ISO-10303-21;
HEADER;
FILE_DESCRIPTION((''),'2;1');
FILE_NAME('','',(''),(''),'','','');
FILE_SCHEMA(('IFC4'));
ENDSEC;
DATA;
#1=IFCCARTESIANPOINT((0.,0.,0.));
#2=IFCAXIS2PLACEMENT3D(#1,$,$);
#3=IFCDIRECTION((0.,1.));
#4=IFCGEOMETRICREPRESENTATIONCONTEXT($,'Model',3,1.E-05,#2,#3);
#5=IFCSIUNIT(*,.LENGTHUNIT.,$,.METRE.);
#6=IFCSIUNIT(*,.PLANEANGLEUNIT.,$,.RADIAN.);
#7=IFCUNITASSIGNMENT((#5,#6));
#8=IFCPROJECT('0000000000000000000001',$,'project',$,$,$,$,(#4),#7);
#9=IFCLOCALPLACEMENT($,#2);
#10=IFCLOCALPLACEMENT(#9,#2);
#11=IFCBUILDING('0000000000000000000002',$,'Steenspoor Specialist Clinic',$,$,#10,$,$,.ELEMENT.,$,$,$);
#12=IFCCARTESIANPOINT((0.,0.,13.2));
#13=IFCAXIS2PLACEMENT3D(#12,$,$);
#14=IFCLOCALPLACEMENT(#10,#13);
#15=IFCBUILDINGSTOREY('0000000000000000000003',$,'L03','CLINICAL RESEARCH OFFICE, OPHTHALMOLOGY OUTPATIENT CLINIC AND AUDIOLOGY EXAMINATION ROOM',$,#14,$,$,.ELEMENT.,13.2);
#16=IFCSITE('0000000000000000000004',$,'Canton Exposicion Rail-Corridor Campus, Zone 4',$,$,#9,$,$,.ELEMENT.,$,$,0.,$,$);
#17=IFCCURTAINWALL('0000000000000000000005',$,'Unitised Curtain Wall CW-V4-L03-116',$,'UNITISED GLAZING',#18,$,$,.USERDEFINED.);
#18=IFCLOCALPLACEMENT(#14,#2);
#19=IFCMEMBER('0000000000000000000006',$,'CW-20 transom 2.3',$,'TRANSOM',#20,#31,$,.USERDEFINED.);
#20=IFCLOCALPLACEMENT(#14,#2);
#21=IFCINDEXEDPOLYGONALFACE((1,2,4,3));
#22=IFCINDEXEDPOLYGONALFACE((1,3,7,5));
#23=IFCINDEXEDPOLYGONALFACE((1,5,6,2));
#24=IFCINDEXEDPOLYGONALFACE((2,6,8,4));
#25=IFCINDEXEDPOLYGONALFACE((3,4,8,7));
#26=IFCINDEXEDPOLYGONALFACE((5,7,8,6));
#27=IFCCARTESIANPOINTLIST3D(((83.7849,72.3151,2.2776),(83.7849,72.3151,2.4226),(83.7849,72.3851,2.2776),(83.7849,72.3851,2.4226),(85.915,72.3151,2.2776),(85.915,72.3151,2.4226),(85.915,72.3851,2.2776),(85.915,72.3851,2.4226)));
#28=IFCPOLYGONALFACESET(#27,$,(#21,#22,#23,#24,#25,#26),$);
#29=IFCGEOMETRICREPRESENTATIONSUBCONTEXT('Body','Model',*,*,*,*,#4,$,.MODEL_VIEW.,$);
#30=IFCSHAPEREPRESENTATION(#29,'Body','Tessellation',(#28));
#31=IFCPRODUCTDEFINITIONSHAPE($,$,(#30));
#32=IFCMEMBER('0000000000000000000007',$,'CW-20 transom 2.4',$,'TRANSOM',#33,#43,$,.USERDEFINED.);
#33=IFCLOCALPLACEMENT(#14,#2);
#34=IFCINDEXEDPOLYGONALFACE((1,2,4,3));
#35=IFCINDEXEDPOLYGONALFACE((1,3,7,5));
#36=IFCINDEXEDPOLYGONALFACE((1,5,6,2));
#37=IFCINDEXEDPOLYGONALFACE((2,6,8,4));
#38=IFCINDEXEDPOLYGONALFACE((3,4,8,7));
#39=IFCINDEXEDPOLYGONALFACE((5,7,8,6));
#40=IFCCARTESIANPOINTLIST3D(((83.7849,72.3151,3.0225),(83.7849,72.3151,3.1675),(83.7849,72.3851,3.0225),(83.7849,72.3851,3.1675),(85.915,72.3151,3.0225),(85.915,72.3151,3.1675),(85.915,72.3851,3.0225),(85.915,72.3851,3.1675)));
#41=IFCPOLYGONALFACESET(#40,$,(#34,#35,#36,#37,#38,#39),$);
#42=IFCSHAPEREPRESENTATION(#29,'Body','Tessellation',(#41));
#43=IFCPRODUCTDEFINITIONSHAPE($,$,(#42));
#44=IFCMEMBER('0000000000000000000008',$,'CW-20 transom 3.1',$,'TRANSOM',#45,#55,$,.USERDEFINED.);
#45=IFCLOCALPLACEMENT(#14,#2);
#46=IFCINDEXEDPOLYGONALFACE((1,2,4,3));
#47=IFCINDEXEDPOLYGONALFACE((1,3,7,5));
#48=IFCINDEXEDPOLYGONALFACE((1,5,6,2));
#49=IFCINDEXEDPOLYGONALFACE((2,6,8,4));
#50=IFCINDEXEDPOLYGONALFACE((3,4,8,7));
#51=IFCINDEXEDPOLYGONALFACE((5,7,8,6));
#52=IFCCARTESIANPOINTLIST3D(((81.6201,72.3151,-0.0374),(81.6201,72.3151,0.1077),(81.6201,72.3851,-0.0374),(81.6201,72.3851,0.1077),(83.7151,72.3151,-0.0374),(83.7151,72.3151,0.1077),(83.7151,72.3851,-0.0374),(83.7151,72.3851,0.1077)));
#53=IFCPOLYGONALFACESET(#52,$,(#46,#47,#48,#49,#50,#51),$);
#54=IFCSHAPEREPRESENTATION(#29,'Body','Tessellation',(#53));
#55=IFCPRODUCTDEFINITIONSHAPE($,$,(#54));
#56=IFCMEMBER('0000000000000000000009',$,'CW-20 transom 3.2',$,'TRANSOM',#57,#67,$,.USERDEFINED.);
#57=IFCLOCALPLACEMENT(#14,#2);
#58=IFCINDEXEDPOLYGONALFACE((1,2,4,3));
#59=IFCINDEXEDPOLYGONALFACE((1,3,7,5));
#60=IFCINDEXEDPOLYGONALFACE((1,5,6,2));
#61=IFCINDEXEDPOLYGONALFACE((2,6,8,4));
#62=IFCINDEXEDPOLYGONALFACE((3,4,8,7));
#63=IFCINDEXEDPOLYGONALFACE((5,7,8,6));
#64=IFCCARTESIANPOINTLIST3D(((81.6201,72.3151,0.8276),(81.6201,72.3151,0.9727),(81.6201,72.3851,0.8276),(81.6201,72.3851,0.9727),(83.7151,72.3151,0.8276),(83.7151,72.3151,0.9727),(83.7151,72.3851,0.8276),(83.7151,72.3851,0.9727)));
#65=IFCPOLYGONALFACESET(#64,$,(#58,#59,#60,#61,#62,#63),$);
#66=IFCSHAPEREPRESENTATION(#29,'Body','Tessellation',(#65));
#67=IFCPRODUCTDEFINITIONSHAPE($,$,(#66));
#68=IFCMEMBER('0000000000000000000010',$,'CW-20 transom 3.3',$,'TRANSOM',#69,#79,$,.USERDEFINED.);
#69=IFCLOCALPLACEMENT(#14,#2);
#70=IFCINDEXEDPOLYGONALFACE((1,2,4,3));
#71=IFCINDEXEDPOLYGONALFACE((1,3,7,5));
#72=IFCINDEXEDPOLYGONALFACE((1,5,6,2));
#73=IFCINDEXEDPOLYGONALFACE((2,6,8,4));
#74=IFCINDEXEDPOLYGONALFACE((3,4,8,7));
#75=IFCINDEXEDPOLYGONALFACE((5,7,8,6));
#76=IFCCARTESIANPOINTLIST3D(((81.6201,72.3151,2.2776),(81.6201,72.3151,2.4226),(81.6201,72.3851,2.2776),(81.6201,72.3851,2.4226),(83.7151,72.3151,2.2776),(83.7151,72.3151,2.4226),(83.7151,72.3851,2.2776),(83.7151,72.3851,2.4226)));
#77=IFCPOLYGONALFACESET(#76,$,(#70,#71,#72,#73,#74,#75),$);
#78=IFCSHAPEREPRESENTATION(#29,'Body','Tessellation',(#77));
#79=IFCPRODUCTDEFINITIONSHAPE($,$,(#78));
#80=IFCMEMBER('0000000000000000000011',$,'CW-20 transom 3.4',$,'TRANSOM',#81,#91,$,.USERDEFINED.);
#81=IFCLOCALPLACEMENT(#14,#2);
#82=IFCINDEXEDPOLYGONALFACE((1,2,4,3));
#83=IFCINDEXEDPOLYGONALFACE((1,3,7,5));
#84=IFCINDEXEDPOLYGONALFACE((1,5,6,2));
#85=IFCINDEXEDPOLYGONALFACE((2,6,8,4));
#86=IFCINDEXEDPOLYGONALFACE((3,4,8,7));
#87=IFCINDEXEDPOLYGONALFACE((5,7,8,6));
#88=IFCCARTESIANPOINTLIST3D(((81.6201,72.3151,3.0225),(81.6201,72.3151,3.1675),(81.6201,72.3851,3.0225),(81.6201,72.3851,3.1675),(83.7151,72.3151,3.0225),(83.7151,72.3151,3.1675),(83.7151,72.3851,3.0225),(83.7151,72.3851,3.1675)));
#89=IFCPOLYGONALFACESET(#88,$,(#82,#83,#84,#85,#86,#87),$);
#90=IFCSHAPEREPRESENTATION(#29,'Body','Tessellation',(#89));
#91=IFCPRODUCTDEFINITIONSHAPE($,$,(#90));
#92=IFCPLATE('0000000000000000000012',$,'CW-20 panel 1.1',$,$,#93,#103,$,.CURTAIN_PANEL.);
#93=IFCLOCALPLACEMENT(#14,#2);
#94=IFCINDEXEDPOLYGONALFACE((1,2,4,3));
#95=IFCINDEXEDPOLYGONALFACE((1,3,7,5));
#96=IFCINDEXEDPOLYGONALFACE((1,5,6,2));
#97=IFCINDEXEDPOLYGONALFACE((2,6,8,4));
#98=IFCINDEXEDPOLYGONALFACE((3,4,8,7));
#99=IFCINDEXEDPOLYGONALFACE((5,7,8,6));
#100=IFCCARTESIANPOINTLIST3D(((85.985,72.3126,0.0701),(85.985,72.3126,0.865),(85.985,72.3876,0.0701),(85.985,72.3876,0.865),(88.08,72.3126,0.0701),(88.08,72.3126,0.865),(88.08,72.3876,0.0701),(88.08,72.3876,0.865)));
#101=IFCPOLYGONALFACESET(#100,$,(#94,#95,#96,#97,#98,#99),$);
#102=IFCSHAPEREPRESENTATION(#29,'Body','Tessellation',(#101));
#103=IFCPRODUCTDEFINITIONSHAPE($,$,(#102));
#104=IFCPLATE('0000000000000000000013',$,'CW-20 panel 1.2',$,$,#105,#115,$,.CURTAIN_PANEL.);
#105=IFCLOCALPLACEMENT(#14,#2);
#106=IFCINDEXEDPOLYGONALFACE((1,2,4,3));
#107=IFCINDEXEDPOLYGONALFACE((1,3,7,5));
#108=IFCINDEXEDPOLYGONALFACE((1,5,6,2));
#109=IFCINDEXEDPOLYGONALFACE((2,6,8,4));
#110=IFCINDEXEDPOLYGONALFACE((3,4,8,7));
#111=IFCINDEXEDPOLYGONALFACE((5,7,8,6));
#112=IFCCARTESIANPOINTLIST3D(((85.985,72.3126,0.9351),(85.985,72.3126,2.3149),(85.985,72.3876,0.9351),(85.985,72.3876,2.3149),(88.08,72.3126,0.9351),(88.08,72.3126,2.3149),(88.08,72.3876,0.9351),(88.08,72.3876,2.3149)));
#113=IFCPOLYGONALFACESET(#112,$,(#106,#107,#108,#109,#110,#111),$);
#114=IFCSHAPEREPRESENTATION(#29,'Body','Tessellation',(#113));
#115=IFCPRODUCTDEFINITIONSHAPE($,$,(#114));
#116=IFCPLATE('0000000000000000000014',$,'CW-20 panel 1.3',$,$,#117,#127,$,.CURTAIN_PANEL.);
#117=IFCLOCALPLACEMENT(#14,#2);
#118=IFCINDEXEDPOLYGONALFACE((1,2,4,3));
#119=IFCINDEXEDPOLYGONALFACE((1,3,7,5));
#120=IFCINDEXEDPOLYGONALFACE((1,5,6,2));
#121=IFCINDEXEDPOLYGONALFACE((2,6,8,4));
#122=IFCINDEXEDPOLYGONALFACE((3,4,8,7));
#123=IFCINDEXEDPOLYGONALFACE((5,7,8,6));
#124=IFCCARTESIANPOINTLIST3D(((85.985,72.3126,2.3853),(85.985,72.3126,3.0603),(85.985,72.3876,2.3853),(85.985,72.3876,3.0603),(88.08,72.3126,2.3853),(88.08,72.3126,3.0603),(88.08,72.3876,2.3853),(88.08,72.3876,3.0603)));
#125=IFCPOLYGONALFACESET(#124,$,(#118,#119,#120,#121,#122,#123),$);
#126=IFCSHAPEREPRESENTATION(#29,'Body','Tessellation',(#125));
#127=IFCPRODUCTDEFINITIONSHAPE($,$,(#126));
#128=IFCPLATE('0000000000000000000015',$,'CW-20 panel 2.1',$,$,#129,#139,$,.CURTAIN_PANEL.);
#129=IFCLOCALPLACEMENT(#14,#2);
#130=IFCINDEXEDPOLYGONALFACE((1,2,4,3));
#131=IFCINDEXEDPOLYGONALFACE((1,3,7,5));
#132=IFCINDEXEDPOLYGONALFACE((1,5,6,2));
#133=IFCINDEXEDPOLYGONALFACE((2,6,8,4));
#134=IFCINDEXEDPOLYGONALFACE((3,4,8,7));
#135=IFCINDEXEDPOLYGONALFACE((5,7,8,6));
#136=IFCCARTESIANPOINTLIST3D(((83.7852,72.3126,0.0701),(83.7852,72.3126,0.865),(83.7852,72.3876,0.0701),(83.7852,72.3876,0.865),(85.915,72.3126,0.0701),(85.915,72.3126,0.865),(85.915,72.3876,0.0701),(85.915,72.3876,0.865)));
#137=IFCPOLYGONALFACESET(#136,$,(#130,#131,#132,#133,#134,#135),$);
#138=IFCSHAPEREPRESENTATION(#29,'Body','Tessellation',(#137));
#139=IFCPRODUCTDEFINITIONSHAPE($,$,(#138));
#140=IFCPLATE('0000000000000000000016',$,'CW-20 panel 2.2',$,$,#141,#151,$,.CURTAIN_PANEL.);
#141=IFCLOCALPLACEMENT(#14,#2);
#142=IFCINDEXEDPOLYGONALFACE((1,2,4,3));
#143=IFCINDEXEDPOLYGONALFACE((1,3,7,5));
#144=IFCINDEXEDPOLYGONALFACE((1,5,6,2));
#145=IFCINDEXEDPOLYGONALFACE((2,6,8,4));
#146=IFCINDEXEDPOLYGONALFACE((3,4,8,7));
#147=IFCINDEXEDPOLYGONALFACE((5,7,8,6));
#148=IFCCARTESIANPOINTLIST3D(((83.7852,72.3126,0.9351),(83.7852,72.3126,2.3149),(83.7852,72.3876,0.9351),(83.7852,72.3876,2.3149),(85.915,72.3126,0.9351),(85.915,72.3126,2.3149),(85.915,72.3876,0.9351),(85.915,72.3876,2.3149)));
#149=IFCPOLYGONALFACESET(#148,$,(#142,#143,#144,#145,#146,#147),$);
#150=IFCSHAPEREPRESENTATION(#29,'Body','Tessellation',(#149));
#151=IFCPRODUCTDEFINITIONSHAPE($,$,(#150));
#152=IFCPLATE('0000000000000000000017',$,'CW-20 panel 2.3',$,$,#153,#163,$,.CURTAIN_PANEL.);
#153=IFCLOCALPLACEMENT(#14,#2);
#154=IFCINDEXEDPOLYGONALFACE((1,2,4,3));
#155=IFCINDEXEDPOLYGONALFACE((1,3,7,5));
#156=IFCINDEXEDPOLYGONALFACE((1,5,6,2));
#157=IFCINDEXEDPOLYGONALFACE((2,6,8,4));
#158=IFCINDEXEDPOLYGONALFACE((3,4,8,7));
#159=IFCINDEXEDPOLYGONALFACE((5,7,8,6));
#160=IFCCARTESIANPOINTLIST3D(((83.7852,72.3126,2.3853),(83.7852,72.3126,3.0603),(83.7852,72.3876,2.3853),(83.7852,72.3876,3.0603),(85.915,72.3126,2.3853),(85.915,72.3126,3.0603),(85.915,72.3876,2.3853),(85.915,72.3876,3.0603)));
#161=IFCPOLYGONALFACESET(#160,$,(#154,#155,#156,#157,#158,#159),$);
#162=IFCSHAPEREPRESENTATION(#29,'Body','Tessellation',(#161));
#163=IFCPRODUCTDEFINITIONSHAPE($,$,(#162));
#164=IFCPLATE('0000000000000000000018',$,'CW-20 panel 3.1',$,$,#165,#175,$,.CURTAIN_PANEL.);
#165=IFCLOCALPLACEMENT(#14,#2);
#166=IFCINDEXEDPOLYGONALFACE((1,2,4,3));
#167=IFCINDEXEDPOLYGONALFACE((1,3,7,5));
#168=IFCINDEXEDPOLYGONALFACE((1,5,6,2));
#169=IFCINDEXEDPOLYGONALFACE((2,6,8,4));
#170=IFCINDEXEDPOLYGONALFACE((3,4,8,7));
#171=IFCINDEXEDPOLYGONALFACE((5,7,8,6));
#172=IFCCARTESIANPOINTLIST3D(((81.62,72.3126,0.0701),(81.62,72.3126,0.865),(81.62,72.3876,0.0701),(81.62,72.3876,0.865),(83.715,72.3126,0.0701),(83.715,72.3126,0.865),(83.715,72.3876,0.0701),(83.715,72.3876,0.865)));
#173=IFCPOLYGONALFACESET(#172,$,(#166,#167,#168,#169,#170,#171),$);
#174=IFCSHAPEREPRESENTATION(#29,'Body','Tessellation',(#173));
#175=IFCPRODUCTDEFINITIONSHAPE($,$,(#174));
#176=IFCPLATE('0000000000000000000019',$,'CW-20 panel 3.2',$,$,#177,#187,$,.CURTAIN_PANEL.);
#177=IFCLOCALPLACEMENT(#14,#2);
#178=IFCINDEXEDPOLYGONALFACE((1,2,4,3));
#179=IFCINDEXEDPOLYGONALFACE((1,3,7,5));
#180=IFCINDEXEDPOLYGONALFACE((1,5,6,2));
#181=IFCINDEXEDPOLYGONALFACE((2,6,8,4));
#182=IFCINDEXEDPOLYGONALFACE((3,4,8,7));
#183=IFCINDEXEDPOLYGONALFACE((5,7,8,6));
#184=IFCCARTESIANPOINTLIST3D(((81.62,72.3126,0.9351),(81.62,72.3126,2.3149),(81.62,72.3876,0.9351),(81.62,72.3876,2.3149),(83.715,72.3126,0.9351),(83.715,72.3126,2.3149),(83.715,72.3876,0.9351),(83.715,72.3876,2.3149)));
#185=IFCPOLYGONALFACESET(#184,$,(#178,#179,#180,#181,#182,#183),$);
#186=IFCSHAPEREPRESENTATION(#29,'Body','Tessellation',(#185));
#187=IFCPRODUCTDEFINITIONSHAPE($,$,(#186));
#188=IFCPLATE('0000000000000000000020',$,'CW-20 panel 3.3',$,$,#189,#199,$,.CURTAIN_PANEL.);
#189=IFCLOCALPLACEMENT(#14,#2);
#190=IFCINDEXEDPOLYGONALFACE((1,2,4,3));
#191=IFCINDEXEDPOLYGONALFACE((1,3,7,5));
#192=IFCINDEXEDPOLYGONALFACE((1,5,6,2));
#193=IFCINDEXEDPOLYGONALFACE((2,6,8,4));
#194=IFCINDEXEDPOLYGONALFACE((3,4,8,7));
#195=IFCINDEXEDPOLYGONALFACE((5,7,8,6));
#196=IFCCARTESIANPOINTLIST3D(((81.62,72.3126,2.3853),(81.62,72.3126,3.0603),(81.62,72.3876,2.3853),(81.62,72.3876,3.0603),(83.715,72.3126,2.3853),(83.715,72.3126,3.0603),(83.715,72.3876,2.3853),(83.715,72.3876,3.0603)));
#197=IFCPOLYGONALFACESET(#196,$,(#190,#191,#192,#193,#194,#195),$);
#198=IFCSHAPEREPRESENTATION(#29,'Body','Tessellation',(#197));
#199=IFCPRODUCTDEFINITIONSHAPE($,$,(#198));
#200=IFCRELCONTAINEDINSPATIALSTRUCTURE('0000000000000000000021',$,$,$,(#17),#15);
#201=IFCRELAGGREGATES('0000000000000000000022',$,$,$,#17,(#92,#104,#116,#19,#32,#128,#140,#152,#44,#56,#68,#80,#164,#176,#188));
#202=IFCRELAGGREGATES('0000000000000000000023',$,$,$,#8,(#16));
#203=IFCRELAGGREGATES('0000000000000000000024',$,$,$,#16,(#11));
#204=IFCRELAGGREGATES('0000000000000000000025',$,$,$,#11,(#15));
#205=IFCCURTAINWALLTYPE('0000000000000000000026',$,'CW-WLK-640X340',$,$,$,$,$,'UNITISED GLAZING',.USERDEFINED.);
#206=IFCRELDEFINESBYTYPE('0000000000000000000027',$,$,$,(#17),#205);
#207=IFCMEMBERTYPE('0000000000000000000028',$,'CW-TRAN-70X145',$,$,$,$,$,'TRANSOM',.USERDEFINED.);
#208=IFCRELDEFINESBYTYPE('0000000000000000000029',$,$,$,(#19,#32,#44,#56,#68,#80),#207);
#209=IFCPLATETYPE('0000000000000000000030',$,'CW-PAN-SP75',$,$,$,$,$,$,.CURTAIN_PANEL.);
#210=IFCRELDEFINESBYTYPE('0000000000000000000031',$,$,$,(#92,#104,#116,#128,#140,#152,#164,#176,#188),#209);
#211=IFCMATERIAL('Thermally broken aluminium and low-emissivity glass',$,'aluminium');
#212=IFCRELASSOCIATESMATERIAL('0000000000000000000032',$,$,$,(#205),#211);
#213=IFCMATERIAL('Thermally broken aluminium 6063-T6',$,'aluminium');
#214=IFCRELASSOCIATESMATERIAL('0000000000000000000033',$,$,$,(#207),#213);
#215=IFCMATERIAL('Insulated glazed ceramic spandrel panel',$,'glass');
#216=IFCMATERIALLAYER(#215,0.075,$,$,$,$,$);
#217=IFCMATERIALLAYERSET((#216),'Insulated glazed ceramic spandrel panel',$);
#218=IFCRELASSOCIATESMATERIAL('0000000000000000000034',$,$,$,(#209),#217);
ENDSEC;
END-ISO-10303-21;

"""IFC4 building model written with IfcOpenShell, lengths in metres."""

from ifc_helpers import new_model, si_unit, direction, frame, origin, origin_2d, place, context, subcontext, project, spatial, rectangle, extrude, material, layer, layer_set, material_profile, profile_set, type_object, element, aggregate, save


model = new_model("IFC4")

# Units and contexts
model_context = context("Model", 3, precision=1e-05, world=origin(), true_north=direction((0.0, 1.0)))
body_context = subcontext(model_context, "Body", "Model", "MODEL_VIEW")
ifc_project = project(units=[si_unit("LENGTHUNIT", "METRE"), si_unit("PLANEANGLEUNIT", "RADIAN")], contexts=[model_context])

# Site, building, storey
site_placement = place(None, origin())
site = spatial("IfcSite", under=ifc_project, at=site_placement, Name="Canton Exposicion Rail-Corridor Campus, Zone 4", CompositionType="ELEMENT", RefElevation=0.0)
building_placement = place(site_placement, origin())
building = spatial("IfcBuilding", under=site, at=building_placement, Name="Steenspoor Specialist Clinic", CompositionType="ELEMENT")
storey_placement = place(building_placement, frame((0.0, 0.0, 13.2)))
storey = spatial("IfcBuildingStorey", under=building, at=storey_placement, Name="L03", Description="CLINICAL RESEARCH OFFICE, OPHTHALMOLOGY OUTPATIENT CLINIC AND AUDIOLOGY EXAMINATION ROOM", CompositionType="ELEMENT", Elevation=13.2)

# Curtain wall, members, plates
ifc_material_1 = material(Name="Thermally broken aluminium and low-emissivity glass", Category="aluminium")
curtain_wall_type = type_object("IfcCurtainWallType", Name="CW-WLK-640X340", ElementType="UNITISED GLAZING", PredefinedType="USERDEFINED", material=ifc_material_1)
curtain_wall_placement = place(storey_placement, origin())
curtain_wall = element("IfcCurtainWall", 1, at=curtain_wall_placement, inside=storey, type_object=curtain_wall_type, Name="Unitised Curtain Wall CW-V4-L03-116", ObjectType="UNITISED GLAZING", PredefinedType="USERDEFINED")
ifc_material_2 = material(Name="Thermally broken aluminium 6063-T6", Category="aluminium")
ifc_material_profile_1 = material_profile(ifc_material_2, rectangle(XDim=0.0701, YDim=0.145, at=origin_2d()), Name="CWT-70X145")
ifc_profile_set_1 = profile_set([ifc_material_profile_1], Name="Thermally broken aluminium 6063-T6")
member_type_1 = type_object("IfcMemberType", Name="CW-TRAN-70X145", ElementType="TRANSOM", PredefinedType="USERDEFINED", material=ifc_profile_set_1)
member_1_placement = place(storey_placement, frame((85.915, 72.3501, 2.3501), z_axis=(-1.0, 0.0, 0.0), x_axis=(0.0, -1.0, 0.0)))
member_1 = element("IfcMember", 2, at=member_1_placement, type_object=member_type_1, Name="CW-20 transom 2.3", ObjectType="TRANSOM", PredefinedType="USERDEFINED", context=body_context, shape_type="SweptSolid", body=[
    extrude(rectangle(XDim=0.0701, YDim=0.145, at=origin_2d()), origin(), (0.0, 0.0, 1.0), 2.1301),
])
member_2_placement = place(storey_placement, frame((85.915, 72.3501, 3.095), z_axis=(-1.0, 0.0, 0.0), x_axis=(0.0, -1.0, 0.0)))
member_2 = element("IfcMember", 3, at=member_2_placement, type_object=member_type_1, Name="CW-20 transom 2.4", ObjectType="TRANSOM", PredefinedType="USERDEFINED", context=body_context, shape_type="SweptSolid", body=[
    extrude(rectangle(XDim=0.0701, YDim=0.145, at=origin_2d()), origin(), (0.0, 0.0, 1.0), 2.1301),
])
member_3_placement = place(storey_placement, frame((83.7151, 72.3501, 0.0352), z_axis=(-1.0, 0.0, 0.0), x_axis=(0.0, -1.0, 0.0)))
member_3 = element("IfcMember", 4, at=member_3_placement, type_object=member_type_1, Name="CW-20 transom 3.1", ObjectType="TRANSOM", PredefinedType="USERDEFINED", context=body_context, shape_type="SweptSolid", body=[
    extrude(rectangle(XDim=0.0701, YDim=0.145, at=origin_2d()), origin(), (0.0, 0.0, 1.0), 2.095),
])
member_4_placement = place(storey_placement, frame((83.7151, 72.3501, 0.9001), z_axis=(-1.0, 0.0, 0.0), x_axis=(0.0, -1.0, 0.0)))
member_4 = element("IfcMember", 5, at=member_4_placement, type_object=member_type_1, Name="CW-20 transom 3.2", ObjectType="TRANSOM", PredefinedType="USERDEFINED", context=body_context, shape_type="SweptSolid", body=[
    extrude(rectangle(XDim=0.0701, YDim=0.145, at=origin_2d()), origin(), (0.0, 0.0, 1.0), 2.095),
])
member_5_placement = place(storey_placement, frame((83.7151, 72.3501, 2.3501), z_axis=(-1.0, 0.0, 0.0), x_axis=(0.0, -1.0, 0.0)))
member_5 = element("IfcMember", 6, at=member_5_placement, type_object=member_type_1, Name="CW-20 transom 3.3", ObjectType="TRANSOM", PredefinedType="USERDEFINED", context=body_context, shape_type="SweptSolid", body=[
    extrude(rectangle(XDim=0.0701, YDim=0.145, at=origin_2d()), origin(), (0.0, 0.0, 1.0), 2.095),
])
member_6_placement = place(storey_placement, frame((83.7151, 72.3501, 3.095), z_axis=(-1.0, 0.0, 0.0), x_axis=(0.0, -1.0, 0.0)))
member_6 = element("IfcMember", 7, at=member_6_placement, type_object=member_type_1, Name="CW-20 transom 3.4", ObjectType="TRANSOM", PredefinedType="USERDEFINED", context=body_context, shape_type="SweptSolid", body=[
    extrude(rectangle(XDim=0.0701, YDim=0.145, at=origin_2d()), origin(), (0.0, 0.0, 1.0), 2.095),
])
ifc_material_3 = material(Name="Insulated glazed ceramic spandrel panel", Category="glass")
ifc_layer_1 = layer(ifc_material_3, 0.075)
ifc_layer_set_1 = layer_set([ifc_layer_1], Name="Insulated glazed ceramic spandrel panel")
plate_type = type_object("IfcPlateType", Name="CW-PAN-SP75", PredefinedType="CURTAIN_PANEL", material=ifc_layer_set_1)
plate_1_placement = place(storey_placement, frame((87.0325, 72.3501, 0.0701), z_axis=(0.0, 0.0, 1.0), x_axis=(-1.0, 0.0, 0.0)))
plate_1 = element("IfcPlate", 8, at=plate_1_placement, type_object=plate_type, Name="CW-20 panel 1.1", PredefinedType="CURTAIN_PANEL", context=body_context, shape_type="SweptSolid", body=[
    extrude(rectangle(XDim=2.095, YDim=0.075, at=origin_2d()), origin(), (0.0, 0.0, 1.0), 0.7949),
])
plate_2_placement = place(storey_placement, frame((87.0325, 72.3501, 0.9351), z_axis=(0.0, 0.0, 1.0), x_axis=(-1.0, 0.0, 0.0)))
plate_2 = element("IfcPlate", 9, at=plate_2_placement, type_object=plate_type, Name="CW-20 panel 1.2", PredefinedType="CURTAIN_PANEL", context=body_context, shape_type="SweptSolid", body=[
    extrude(rectangle(XDim=2.095, YDim=0.075, at=origin_2d()), origin(), (0.0, 0.0, 1.0), 1.3799),
])
plate_3_placement = place(storey_placement, frame((87.0325, 72.3501, 2.3853), z_axis=(0.0, 0.0, 1.0), x_axis=(-1.0, 0.0, 0.0)))
plate_3 = element("IfcPlate", 10, at=plate_3_placement, type_object=plate_type, Name="CW-20 panel 1.3", PredefinedType="CURTAIN_PANEL", context=body_context, shape_type="SweptSolid", body=[
    extrude(rectangle(XDim=2.095, YDim=0.075, at=origin_2d()), origin(), (0.0, 0.0, 1.0), 0.675),
])
plate_4_placement = place(storey_placement, frame((84.8501, 72.3501, 0.0701), z_axis=(0.0, 0.0, 1.0), x_axis=(-1.0, 0.0, 0.0)))
plate_4 = element("IfcPlate", 11, at=plate_4_placement, type_object=plate_type, Name="CW-20 panel 2.1", PredefinedType="CURTAIN_PANEL", context=body_context, shape_type="SweptSolid", body=[
    extrude(rectangle(XDim=2.1299, YDim=0.075, at=origin_2d()), origin(), (0.0, 0.0, 1.0), 0.7949),
])
plate_5_placement = place(storey_placement, frame((84.8501, 72.3501, 0.9351), z_axis=(0.0, 0.0, 1.0), x_axis=(-1.0, 0.0, 0.0)))
plate_5 = element("IfcPlate", 12, at=plate_5_placement, type_object=plate_type, Name="CW-20 panel 2.2", PredefinedType="CURTAIN_PANEL", context=body_context, shape_type="SweptSolid", body=[
    extrude(rectangle(XDim=2.1299, YDim=0.075, at=origin_2d()), origin(), (0.0, 0.0, 1.0), 1.3799),
])
plate_6_placement = place(storey_placement, frame((84.8501, 72.3501, 2.3853), z_axis=(0.0, 0.0, 1.0), x_axis=(-1.0, 0.0, 0.0)))
plate_6 = element("IfcPlate", 13, at=plate_6_placement, type_object=plate_type, Name="CW-20 panel 2.3", PredefinedType="CURTAIN_PANEL", context=body_context, shape_type="SweptSolid", body=[
    extrude(rectangle(XDim=2.1299, YDim=0.075, at=origin_2d()), origin(), (0.0, 0.0, 1.0), 0.675),
])
plate_7_placement = place(storey_placement, frame((82.6675, 72.3501, 0.0701), z_axis=(0.0, 0.0, 1.0), x_axis=(-1.0, 0.0, 0.0)))
plate_7 = element("IfcPlate", 14, at=plate_7_placement, type_object=plate_type, Name="CW-20 panel 3.1", PredefinedType="CURTAIN_PANEL", context=body_context, shape_type="SweptSolid", body=[
    extrude(rectangle(XDim=2.095, YDim=0.075, at=origin_2d()), origin(), (0.0, 0.0, 1.0), 0.7949),
])
plate_8_placement = place(storey_placement, frame((82.6675, 72.3501, 0.9351), z_axis=(0.0, 0.0, 1.0), x_axis=(-1.0, 0.0, 0.0)))
plate_8 = element("IfcPlate", 15, at=plate_8_placement, type_object=plate_type, Name="CW-20 panel 3.2", PredefinedType="CURTAIN_PANEL", context=body_context, shape_type="SweptSolid", body=[
    extrude(rectangle(XDim=2.095, YDim=0.075, at=origin_2d()), origin(), (0.0, 0.0, 1.0), 1.3799),
])
plate_9_placement = place(storey_placement, frame((82.6675, 72.3501, 2.3853), z_axis=(0.0, 0.0, 1.0), x_axis=(-1.0, 0.0, 0.0)))
plate_9 = element("IfcPlate", 16, at=plate_9_placement, type_object=plate_type, Name="CW-20 panel 3.3", PredefinedType="CURTAIN_PANEL", context=body_context, shape_type="SweptSolid", body=[
    extrude(rectangle(XDim=2.095, YDim=0.075, at=origin_2d()), origin(), (0.0, 0.0, 1.0), 0.675),
])
aggregate(curtain_wall, [plate_1, plate_2, plate_3, member_1, member_2, plate_4, plate_5, plate_6, member_3, member_4, member_5, member_6, plate_7, plate_8, plate_9])

save(model, "model.ifc")
